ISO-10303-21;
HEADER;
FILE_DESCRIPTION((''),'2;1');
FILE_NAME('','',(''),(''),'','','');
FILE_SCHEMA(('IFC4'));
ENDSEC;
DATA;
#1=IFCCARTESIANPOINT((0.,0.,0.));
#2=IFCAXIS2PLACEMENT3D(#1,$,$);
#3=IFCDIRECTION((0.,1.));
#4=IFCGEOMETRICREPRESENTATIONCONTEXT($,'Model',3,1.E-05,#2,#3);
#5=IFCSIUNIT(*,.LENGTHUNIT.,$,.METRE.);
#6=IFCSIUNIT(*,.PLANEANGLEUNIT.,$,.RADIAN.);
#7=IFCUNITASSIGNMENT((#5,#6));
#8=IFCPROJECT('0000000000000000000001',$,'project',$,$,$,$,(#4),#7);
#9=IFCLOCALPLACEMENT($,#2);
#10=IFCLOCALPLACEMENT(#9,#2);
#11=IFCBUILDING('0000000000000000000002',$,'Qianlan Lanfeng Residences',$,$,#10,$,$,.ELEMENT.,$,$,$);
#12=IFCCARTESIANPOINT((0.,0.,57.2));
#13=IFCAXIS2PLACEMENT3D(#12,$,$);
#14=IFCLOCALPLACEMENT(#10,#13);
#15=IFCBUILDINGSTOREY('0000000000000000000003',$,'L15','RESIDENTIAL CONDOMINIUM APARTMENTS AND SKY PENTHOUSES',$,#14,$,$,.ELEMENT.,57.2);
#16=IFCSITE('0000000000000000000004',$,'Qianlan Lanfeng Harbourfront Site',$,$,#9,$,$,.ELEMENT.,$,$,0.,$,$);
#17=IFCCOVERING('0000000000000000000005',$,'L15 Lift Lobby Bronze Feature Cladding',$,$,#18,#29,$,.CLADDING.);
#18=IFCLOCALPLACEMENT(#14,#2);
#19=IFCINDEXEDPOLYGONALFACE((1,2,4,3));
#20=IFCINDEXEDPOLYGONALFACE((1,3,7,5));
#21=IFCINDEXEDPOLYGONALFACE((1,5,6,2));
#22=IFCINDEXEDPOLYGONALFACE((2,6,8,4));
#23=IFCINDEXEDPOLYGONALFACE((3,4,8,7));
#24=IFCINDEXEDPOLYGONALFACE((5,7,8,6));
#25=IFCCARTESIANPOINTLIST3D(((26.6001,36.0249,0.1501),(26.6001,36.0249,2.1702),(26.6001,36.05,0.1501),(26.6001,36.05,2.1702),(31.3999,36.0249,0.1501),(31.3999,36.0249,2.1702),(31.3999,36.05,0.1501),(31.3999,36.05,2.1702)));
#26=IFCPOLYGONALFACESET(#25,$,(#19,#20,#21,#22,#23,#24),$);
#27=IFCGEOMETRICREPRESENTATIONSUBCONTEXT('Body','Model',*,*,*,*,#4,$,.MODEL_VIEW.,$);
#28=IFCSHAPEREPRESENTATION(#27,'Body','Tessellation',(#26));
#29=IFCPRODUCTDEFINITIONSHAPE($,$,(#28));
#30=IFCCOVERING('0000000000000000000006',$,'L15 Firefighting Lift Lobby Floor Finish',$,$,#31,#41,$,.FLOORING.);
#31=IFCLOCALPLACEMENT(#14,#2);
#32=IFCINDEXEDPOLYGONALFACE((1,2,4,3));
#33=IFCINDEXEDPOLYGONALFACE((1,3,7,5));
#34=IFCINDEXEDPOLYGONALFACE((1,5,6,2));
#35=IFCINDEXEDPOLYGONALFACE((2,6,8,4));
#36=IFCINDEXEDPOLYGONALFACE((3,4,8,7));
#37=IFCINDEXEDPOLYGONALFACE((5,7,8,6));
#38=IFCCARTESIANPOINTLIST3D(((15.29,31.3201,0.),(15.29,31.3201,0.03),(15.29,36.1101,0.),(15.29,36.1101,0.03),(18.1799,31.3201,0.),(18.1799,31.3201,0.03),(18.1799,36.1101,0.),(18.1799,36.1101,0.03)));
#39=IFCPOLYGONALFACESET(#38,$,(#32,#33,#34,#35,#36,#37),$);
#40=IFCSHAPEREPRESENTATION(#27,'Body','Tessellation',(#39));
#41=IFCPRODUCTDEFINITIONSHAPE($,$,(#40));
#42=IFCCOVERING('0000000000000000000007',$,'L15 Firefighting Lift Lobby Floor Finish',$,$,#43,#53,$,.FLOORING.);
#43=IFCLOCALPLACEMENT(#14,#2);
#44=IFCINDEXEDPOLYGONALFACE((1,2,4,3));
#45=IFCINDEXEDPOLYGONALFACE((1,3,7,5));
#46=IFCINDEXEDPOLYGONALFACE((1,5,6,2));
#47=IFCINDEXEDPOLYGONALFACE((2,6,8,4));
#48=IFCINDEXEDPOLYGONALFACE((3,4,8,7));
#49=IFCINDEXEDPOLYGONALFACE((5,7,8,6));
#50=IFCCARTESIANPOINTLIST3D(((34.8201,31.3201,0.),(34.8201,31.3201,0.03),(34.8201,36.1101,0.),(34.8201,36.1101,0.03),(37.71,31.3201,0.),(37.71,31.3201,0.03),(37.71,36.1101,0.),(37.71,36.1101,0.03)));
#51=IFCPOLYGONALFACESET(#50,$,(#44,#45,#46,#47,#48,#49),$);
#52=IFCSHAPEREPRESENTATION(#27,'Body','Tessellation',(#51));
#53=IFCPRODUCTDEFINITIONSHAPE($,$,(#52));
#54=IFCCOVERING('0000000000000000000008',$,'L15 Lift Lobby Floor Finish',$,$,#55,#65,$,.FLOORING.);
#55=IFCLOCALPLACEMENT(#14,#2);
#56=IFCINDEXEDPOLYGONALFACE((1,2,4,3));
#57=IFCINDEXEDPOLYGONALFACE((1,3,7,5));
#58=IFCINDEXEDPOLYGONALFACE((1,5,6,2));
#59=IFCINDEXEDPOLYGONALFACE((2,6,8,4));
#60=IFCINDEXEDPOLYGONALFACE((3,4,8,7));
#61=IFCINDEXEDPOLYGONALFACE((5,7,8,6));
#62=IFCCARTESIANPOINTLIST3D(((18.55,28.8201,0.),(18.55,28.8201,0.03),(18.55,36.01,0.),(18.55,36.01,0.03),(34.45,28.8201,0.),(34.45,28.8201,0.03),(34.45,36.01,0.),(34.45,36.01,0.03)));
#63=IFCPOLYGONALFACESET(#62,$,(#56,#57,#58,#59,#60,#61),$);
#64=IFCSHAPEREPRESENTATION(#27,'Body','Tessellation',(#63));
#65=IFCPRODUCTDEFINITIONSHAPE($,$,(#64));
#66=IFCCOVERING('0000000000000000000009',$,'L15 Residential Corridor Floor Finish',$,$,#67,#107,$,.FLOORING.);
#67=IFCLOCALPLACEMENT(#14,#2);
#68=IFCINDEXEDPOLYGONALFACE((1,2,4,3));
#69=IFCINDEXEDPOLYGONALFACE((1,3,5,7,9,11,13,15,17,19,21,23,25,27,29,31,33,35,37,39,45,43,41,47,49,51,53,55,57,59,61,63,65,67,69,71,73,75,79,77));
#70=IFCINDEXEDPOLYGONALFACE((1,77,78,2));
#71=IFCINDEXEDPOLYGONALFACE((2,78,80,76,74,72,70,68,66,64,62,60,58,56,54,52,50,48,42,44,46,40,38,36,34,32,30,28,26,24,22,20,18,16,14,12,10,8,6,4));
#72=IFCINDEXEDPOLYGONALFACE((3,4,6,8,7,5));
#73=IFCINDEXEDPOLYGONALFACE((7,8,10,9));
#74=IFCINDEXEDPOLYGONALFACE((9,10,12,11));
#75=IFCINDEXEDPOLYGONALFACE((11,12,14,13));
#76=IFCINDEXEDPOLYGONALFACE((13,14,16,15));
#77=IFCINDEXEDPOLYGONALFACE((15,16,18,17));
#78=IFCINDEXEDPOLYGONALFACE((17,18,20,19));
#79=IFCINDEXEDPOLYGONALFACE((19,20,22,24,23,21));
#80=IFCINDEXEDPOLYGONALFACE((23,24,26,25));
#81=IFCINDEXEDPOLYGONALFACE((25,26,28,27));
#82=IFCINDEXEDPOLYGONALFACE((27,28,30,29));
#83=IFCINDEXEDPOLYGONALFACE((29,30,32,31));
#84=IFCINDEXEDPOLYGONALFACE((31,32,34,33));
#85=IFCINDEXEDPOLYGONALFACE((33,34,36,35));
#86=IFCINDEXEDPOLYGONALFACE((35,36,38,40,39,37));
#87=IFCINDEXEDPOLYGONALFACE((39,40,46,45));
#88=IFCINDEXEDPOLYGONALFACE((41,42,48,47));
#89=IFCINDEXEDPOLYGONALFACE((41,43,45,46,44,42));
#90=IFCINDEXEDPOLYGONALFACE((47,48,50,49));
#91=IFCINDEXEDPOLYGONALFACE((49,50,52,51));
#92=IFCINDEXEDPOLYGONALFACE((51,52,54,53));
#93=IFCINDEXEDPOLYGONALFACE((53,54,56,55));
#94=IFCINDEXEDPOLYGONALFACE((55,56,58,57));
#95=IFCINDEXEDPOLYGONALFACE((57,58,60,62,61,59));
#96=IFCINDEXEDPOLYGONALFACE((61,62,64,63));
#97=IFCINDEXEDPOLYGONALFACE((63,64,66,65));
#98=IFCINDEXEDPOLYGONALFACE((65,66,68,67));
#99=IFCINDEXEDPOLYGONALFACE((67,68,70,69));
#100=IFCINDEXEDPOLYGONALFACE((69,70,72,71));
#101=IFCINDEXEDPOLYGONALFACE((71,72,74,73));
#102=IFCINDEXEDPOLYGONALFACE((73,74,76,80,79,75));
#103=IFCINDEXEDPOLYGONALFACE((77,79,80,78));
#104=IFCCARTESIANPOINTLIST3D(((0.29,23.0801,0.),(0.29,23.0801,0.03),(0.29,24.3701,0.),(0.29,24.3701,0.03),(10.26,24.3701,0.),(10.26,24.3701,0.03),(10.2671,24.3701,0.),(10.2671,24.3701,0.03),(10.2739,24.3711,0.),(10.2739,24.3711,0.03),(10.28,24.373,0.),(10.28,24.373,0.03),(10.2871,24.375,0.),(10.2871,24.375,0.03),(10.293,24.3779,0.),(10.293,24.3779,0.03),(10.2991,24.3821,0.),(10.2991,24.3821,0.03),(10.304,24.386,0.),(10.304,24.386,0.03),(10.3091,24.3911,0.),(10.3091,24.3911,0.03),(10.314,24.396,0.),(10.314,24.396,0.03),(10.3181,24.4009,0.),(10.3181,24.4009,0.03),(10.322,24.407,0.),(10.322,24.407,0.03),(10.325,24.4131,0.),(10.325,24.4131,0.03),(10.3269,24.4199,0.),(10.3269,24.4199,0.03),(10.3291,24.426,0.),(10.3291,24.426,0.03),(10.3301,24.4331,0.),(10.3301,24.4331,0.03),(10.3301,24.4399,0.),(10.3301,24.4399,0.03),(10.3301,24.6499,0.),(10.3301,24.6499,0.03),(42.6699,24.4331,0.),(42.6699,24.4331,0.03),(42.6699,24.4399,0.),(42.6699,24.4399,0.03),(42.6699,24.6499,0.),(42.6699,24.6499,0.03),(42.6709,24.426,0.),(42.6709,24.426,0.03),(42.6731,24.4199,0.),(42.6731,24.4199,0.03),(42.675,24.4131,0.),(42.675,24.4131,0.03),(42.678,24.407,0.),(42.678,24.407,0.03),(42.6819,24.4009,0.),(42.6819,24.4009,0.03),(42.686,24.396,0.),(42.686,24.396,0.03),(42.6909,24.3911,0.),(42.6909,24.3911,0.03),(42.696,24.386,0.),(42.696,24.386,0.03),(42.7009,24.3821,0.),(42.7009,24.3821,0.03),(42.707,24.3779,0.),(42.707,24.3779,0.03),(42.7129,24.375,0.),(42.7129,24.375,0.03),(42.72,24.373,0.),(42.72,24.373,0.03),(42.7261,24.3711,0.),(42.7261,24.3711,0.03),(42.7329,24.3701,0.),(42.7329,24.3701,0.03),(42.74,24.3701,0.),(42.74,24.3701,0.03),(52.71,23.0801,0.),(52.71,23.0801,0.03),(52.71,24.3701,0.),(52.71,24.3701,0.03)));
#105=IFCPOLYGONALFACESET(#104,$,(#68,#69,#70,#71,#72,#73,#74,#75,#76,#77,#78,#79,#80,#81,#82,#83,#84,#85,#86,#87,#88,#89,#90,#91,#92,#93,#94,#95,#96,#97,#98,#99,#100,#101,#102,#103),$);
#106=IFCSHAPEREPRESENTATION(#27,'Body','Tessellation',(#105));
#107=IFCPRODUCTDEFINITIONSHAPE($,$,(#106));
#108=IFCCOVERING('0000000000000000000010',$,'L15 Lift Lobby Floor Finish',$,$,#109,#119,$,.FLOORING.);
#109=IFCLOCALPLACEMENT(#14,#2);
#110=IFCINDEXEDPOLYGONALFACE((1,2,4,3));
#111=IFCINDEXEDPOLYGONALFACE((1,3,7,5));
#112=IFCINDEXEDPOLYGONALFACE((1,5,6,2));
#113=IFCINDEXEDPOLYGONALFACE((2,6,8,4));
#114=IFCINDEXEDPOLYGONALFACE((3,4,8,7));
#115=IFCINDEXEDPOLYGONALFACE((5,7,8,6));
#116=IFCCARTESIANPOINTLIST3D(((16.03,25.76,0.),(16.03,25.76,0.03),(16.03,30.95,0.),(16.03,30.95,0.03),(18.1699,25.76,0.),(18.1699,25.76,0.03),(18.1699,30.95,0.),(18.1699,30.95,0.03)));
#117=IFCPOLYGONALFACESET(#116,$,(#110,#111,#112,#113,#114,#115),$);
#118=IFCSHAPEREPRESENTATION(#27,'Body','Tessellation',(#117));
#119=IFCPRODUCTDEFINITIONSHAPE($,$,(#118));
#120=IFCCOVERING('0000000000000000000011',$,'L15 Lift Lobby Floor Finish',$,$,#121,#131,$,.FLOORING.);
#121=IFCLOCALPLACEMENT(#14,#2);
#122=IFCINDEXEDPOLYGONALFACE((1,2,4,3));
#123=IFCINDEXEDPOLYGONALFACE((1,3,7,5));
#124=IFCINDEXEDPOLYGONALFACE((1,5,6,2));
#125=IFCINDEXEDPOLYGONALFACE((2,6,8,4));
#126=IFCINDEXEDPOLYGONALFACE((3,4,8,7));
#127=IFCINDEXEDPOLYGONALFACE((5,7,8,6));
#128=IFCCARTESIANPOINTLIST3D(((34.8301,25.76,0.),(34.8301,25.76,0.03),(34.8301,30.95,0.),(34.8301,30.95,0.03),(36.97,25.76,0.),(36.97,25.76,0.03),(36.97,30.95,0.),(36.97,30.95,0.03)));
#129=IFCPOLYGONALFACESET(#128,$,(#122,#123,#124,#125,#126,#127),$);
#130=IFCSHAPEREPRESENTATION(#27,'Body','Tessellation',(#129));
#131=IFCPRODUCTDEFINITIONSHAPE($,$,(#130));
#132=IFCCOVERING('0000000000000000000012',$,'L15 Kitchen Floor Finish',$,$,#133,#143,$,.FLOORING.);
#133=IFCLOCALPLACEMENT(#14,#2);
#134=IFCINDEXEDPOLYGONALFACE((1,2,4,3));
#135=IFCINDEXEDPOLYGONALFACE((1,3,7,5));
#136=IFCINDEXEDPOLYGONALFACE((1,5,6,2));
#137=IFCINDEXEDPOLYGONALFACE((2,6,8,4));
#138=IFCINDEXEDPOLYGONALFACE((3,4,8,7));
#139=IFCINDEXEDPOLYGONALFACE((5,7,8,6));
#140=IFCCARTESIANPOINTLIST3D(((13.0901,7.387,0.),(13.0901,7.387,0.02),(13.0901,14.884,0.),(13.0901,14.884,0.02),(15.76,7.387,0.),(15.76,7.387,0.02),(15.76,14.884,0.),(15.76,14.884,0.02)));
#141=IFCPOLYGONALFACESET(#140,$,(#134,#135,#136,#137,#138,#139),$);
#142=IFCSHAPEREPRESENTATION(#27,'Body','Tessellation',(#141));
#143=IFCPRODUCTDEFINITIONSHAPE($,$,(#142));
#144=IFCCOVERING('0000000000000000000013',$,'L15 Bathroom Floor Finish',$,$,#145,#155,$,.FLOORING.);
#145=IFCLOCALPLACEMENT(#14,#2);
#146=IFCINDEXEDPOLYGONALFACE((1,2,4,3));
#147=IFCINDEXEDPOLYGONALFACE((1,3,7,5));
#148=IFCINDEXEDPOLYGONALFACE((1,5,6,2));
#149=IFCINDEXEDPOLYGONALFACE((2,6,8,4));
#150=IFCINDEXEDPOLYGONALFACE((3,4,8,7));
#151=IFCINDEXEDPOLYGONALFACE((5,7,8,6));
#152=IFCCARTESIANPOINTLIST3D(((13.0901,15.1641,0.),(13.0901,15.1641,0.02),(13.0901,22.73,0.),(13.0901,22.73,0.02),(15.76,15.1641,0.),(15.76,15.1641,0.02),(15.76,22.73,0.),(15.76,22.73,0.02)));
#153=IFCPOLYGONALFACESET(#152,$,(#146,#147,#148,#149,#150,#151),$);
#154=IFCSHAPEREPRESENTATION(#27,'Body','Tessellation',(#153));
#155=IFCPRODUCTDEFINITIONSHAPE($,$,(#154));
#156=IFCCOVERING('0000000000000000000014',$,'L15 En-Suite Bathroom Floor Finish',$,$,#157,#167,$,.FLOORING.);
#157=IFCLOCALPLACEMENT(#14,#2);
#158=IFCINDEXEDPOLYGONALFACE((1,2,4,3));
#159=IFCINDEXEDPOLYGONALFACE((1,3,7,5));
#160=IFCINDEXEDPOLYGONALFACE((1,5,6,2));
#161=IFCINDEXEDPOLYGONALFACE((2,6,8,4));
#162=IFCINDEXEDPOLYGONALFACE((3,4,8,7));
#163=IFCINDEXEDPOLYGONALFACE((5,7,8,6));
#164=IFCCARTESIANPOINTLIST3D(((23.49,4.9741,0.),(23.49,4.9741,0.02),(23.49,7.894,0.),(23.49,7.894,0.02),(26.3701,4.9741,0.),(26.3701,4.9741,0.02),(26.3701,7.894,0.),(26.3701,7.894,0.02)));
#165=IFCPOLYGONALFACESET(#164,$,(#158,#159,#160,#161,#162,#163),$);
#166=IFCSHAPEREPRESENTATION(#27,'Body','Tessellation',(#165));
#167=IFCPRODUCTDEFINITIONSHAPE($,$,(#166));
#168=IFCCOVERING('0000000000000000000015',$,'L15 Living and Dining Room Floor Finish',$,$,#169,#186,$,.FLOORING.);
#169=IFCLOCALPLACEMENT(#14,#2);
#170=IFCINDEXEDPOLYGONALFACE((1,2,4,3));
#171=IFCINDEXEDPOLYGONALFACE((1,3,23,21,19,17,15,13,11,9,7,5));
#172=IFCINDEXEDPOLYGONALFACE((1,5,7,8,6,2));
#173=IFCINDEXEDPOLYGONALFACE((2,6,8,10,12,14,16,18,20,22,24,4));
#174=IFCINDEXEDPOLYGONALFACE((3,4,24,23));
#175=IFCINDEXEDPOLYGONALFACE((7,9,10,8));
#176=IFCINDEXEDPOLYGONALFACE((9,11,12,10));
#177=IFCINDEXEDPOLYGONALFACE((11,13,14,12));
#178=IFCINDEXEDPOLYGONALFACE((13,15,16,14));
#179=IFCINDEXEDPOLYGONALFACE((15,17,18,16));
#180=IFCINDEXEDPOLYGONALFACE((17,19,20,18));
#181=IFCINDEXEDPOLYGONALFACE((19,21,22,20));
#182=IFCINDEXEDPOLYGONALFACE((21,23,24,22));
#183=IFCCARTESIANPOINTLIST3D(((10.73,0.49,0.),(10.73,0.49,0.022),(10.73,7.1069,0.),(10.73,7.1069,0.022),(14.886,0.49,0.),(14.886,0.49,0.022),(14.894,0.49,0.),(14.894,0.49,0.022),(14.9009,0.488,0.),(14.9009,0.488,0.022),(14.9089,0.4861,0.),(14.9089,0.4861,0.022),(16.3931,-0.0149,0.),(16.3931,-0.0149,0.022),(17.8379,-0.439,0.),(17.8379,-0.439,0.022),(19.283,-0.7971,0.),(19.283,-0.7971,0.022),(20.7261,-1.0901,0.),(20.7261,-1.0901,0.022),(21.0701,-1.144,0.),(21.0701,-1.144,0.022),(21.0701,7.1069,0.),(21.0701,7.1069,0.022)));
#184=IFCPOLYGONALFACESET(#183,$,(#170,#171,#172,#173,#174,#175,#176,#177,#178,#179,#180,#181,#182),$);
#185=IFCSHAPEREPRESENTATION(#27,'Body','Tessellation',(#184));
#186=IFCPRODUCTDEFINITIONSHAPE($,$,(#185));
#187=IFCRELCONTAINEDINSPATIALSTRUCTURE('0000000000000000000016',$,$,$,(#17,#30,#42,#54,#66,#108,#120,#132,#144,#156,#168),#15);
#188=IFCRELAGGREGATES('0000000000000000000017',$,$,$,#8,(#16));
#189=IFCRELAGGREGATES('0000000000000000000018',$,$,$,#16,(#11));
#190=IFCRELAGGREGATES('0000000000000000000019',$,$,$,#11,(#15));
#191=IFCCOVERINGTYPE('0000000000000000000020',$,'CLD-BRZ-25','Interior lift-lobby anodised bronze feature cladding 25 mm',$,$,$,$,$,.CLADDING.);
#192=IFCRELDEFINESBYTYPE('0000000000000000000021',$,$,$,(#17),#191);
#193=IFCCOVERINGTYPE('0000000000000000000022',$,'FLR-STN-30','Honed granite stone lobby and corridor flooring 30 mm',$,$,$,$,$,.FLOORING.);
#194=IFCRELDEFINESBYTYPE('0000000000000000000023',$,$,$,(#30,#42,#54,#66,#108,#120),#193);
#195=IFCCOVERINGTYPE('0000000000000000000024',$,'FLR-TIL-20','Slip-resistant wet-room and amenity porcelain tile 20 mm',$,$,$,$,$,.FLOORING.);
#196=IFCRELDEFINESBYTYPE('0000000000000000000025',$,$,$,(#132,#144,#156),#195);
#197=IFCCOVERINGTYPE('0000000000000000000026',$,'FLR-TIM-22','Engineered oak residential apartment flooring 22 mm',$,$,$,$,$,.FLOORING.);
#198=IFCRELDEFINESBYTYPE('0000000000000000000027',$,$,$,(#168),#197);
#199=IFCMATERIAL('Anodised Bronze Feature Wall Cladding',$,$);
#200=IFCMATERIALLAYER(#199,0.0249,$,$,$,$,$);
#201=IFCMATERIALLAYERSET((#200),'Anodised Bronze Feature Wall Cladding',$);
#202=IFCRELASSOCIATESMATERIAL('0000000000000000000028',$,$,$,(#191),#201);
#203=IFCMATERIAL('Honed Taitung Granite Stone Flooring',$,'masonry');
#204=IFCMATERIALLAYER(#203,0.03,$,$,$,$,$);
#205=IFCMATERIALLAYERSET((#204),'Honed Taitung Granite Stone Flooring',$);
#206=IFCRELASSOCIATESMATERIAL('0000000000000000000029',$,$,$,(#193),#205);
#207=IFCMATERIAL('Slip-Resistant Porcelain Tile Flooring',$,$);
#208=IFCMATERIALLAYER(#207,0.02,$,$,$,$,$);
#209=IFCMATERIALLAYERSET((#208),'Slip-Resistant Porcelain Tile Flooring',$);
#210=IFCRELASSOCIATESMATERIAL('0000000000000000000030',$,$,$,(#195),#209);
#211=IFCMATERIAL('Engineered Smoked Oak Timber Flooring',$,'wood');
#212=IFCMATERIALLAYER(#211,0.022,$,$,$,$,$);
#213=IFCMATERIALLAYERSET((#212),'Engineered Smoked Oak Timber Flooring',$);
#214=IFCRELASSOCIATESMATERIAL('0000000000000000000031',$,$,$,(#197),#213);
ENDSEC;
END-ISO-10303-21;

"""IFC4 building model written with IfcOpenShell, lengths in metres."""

from ifc_helpers import new_model, si_unit, direction, frame, origin, place, context, subcontext, project, spatial, polyline, outline, extrude, material, layer, layer_set, type_object, element, save


model = new_model("IFC4")

# Units and contexts
model_context = context("Model", 3, precision=1e-05, world=origin(), true_north=direction((0.0, 1.0)))
body_context = subcontext(model_context, "Body", "Model", "MODEL_VIEW")
ifc_project = project(units=[si_unit("LENGTHUNIT", "METRE"), si_unit("PLANEANGLEUNIT", "RADIAN")], contexts=[model_context])

# Site, building, storey
site_placement = place(None, origin())
site = spatial("IfcSite", under=ifc_project, at=site_placement, Name="Qianlan Lanfeng Harbourfront Site", CompositionType="ELEMENT", RefElevation=0.0)
building_placement = place(site_placement, origin())
building = spatial("IfcBuilding", under=site, at=building_placement, Name="Qianlan Lanfeng Residences", CompositionType="ELEMENT")
storey_placement = place(building_placement, frame((0.0, 0.0, 57.2)))
storey = spatial("IfcBuildingStorey", under=building, at=storey_placement, Name="L15", Description="RESIDENTIAL CONDOMINIUM APARTMENTS AND SKY PENTHOUSES", CompositionType="ELEMENT", Elevation=57.2)

# Coverings
ifc_material_1 = material(Name="Anodised Bronze Feature Wall Cladding")
ifc_layer_1 = layer(ifc_material_1, 0.0249)
ifc_layer_set_1 = layer_set([ifc_layer_1], Name="Anodised Bronze Feature Wall Cladding")
covering_type_1 = type_object("IfcCoveringType", Name="CLD-BRZ-25", Description="Interior lift-lobby anodised bronze feature cladding 25 mm", PredefinedType="CLADDING", material=ifc_layer_set_1)
covering_1_placement = place(storey_placement, frame((0.0, 0.0, 0.1501)))
element("IfcCovering", 1, at=covering_1_placement, inside=storey, type_object=covering_type_1, Name="L15 Lift Lobby Bronze Feature Cladding", PredefinedType="CLADDING", context=body_context, shape_type="SweptSolid", body=[
    extrude(outline(polyline([(26.6001, 36.0249), (31.3999, 36.0249), (31.3999, 36.05), (26.6001, 36.05), (26.6001, 36.0249)])), origin(), (0.0, 0.0, 1.0), 2.02),
])
ifc_material_2 = material(Name="Honed Taitung Granite Stone Flooring", Category="masonry")
ifc_layer_2 = layer(ifc_material_2, 0.03)
ifc_layer_set_2 = layer_set([ifc_layer_2], Name="Honed Taitung Granite Stone Flooring")
covering_type_2 = type_object("IfcCoveringType", Name="FLR-STN-30", Description="Honed granite stone lobby and corridor flooring 30 mm", PredefinedType="FLOORING", material=ifc_layer_set_2)
covering_2_placement = place(storey_placement, origin())
element("IfcCovering", 2, at=covering_2_placement, inside=storey, type_object=covering_type_2, Name="L15 Firefighting Lift Lobby Floor Finish", PredefinedType="FLOORING", context=body_context, shape_type="SweptSolid", body=[
    extrude(outline(polyline([(15.29, 31.3201), (18.1799, 31.3201), (18.1799, 36.1101), (15.29, 36.1101), (15.29, 31.3201)])), origin(), (0.0, 0.0, 1.0), 0.03),
])
covering_3_placement = place(storey_placement, origin())
element("IfcCovering", 3, at=covering_3_placement, inside=storey, type_object=covering_type_2, Name="L15 Firefighting Lift Lobby Floor Finish", PredefinedType="FLOORING", context=body_context, shape_type="SweptSolid", body=[
    extrude(outline(polyline([(34.8201, 31.3201), (37.71, 31.3201), (37.71, 36.1101), (34.8201, 36.1101), (34.8201, 31.3201)])), origin(), (0.0, 0.0, 1.0), 0.03),
])
covering_4_placement = place(storey_placement, origin())
element("IfcCovering", 4, at=covering_4_placement, inside=storey, type_object=covering_type_2, Name="L15 Lift Lobby Floor Finish", PredefinedType="FLOORING", context=body_context, shape_type="SweptSolid", body=[
    extrude(outline(polyline([(18.55, 28.8201), (34.45, 28.8201), (34.45, 36.01), (18.55, 36.01), (18.55, 28.8201)])), origin(), (0.0, 0.0, 1.0), 0.03),
])
covering_5_placement = place(storey_placement, origin())
element("IfcCovering", 5, at=covering_5_placement, inside=storey, type_object=covering_type_2, Name="L15 Residential Corridor Floor Finish", PredefinedType="FLOORING", context=body_context, shape_type="SweptSolid", body=[
    extrude(outline(polyline([(0.29, 23.0801), (52.71, 23.0801), (52.71, 24.3701), (42.74, 24.3701), (42.7329, 24.3701), (42.7261, 24.3711), (42.72, 24.373), (42.7129, 24.375), (42.707, 24.3779), (42.7009, 24.3821), (42.696, 24.386), (42.6909, 24.3911), (42.686, 24.396), (42.6819, 24.4009), (42.678, 24.407), (42.675, 24.4131), (42.6731, 24.4199), (42.6709, 24.426), (42.6699, 24.4331), (42.6699, 24.4399), (42.6699, 24.6499), (10.3301, 24.6499), (10.3301, 24.4399), (10.3301, 24.4331), (10.3291, 24.426), (10.3269, 24.4199), (10.325, 24.4131), (10.322, 24.407), (10.3181, 24.4009), (10.314, 24.396), (10.3091, 24.3911), (10.304, 24.386), (10.2991, 24.3821), (10.293, 24.3779), (10.2871, 24.375), (10.28, 24.373), (10.2739, 24.3711), (10.2671, 24.3701), (10.26, 24.3701), (0.29, 24.3701), (0.29, 23.0801)])), origin(), (0.0, 0.0, 1.0), 0.03),
])
covering_6_placement = place(storey_placement, origin())
element("IfcCovering", 6, at=covering_6_placement, inside=storey, type_object=covering_type_2, Name="L15 Lift Lobby Floor Finish", PredefinedType="FLOORING", context=body_context, shape_type="SweptSolid", body=[
    extrude(outline(polyline([(16.03, 25.76), (18.1699, 25.76), (18.1699, 30.95), (16.03, 30.95), (16.03, 25.76)])), origin(), (0.0, 0.0, 1.0), 0.03),
])
covering_7_placement = place(storey_placement, origin())
element("IfcCovering", 7, at=covering_7_placement, inside=storey, type_object=covering_type_2, Name="L15 Lift Lobby Floor Finish", PredefinedType="FLOORING", context=body_context, shape_type="SweptSolid", body=[
    extrude(outline(polyline([(34.8301, 25.76), (36.97, 25.76), (36.97, 30.95), (34.8301, 30.95), (34.8301, 25.76)])), origin(), (0.0, 0.0, 1.0), 0.03),
])
ifc_material_3 = material(Name="Slip-Resistant Porcelain Tile Flooring")
ifc_layer_3 = layer(ifc_material_3, 0.02)
ifc_layer_set_3 = layer_set([ifc_layer_3], Name="Slip-Resistant Porcelain Tile Flooring")
covering_type_3 = type_object("IfcCoveringType", Name="FLR-TIL-20", Description="Slip-resistant wet-room and amenity porcelain tile 20 mm", PredefinedType="FLOORING", material=ifc_layer_set_3)
covering_8_placement = place(storey_placement, origin())
element("IfcCovering", 8, at=covering_8_placement, inside=storey, type_object=covering_type_3, Name="L15 Kitchen Floor Finish", PredefinedType="FLOORING", context=body_context, shape_type="SweptSolid", body=[
    extrude(outline(polyline([(13.0901, 7.387), (15.76, 7.387), (15.76, 14.884), (13.0901, 14.884), (13.0901, 7.387)])), origin(), (0.0, 0.0, 1.0), 0.02),
])
covering_9_placement = place(storey_placement, origin())
element("IfcCovering", 9, at=covering_9_placement, inside=storey, type_object=covering_type_3, Name="L15 Bathroom Floor Finish", PredefinedType="FLOORING", context=body_context, shape_type="SweptSolid", body=[
    extrude(outline(polyline([(13.0901, 15.1641), (15.76, 15.1641), (15.76, 22.73), (13.0901, 22.73), (13.0901, 15.1641)])), origin(), (0.0, 0.0, 1.0), 0.02),
])
covering_10_placement = place(storey_placement, origin())
element("IfcCovering", 10, at=covering_10_placement, inside=storey, type_object=covering_type_3, Name="L15 En-Suite Bathroom Floor Finish", PredefinedType="FLOORING", context=body_context, shape_type="SweptSolid", body=[
    extrude(outline(polyline([(23.49, 4.9741), (26.3701, 4.9741), (26.3701, 7.894), (23.49, 7.894), (23.49, 4.9741)])), origin(), (0.0, 0.0, 1.0), 0.02),
])
ifc_material_4 = material(Name="Engineered Smoked Oak Timber Flooring", Category="wood")
ifc_layer_4 = layer(ifc_material_4, 0.022)
ifc_layer_set_4 = layer_set([ifc_layer_4], Name="Engineered Smoked Oak Timber Flooring")
covering_type_4 = type_object("IfcCoveringType", Name="FLR-TIM-22", Description="Engineered oak residential apartment flooring 22 mm", PredefinedType="FLOORING", material=ifc_layer_set_4)
covering_11_placement = place(storey_placement, origin())
element("IfcCovering", 11, at=covering_11_placement, inside=storey, type_object=covering_type_4, Name="L15 Living and Dining Room Floor Finish", PredefinedType="FLOORING", context=body_context, shape_type="SweptSolid", body=[
    extrude(outline(polyline([(10.73, 7.1069), (10.73, 0.49), (14.886, 0.49), (14.894, 0.49), (14.9009, 0.488), (14.9089, 0.4861), (16.3931, -0.0149), (17.8379, -0.439), (19.283, -0.7971), (20.7261, -1.0901), (21.0701, -1.144), (21.0701, 7.1069), (10.73, 7.1069)])), origin(), (0.0, 0.0, 1.0), 0.022),
])

save(model, "model.ifc")
